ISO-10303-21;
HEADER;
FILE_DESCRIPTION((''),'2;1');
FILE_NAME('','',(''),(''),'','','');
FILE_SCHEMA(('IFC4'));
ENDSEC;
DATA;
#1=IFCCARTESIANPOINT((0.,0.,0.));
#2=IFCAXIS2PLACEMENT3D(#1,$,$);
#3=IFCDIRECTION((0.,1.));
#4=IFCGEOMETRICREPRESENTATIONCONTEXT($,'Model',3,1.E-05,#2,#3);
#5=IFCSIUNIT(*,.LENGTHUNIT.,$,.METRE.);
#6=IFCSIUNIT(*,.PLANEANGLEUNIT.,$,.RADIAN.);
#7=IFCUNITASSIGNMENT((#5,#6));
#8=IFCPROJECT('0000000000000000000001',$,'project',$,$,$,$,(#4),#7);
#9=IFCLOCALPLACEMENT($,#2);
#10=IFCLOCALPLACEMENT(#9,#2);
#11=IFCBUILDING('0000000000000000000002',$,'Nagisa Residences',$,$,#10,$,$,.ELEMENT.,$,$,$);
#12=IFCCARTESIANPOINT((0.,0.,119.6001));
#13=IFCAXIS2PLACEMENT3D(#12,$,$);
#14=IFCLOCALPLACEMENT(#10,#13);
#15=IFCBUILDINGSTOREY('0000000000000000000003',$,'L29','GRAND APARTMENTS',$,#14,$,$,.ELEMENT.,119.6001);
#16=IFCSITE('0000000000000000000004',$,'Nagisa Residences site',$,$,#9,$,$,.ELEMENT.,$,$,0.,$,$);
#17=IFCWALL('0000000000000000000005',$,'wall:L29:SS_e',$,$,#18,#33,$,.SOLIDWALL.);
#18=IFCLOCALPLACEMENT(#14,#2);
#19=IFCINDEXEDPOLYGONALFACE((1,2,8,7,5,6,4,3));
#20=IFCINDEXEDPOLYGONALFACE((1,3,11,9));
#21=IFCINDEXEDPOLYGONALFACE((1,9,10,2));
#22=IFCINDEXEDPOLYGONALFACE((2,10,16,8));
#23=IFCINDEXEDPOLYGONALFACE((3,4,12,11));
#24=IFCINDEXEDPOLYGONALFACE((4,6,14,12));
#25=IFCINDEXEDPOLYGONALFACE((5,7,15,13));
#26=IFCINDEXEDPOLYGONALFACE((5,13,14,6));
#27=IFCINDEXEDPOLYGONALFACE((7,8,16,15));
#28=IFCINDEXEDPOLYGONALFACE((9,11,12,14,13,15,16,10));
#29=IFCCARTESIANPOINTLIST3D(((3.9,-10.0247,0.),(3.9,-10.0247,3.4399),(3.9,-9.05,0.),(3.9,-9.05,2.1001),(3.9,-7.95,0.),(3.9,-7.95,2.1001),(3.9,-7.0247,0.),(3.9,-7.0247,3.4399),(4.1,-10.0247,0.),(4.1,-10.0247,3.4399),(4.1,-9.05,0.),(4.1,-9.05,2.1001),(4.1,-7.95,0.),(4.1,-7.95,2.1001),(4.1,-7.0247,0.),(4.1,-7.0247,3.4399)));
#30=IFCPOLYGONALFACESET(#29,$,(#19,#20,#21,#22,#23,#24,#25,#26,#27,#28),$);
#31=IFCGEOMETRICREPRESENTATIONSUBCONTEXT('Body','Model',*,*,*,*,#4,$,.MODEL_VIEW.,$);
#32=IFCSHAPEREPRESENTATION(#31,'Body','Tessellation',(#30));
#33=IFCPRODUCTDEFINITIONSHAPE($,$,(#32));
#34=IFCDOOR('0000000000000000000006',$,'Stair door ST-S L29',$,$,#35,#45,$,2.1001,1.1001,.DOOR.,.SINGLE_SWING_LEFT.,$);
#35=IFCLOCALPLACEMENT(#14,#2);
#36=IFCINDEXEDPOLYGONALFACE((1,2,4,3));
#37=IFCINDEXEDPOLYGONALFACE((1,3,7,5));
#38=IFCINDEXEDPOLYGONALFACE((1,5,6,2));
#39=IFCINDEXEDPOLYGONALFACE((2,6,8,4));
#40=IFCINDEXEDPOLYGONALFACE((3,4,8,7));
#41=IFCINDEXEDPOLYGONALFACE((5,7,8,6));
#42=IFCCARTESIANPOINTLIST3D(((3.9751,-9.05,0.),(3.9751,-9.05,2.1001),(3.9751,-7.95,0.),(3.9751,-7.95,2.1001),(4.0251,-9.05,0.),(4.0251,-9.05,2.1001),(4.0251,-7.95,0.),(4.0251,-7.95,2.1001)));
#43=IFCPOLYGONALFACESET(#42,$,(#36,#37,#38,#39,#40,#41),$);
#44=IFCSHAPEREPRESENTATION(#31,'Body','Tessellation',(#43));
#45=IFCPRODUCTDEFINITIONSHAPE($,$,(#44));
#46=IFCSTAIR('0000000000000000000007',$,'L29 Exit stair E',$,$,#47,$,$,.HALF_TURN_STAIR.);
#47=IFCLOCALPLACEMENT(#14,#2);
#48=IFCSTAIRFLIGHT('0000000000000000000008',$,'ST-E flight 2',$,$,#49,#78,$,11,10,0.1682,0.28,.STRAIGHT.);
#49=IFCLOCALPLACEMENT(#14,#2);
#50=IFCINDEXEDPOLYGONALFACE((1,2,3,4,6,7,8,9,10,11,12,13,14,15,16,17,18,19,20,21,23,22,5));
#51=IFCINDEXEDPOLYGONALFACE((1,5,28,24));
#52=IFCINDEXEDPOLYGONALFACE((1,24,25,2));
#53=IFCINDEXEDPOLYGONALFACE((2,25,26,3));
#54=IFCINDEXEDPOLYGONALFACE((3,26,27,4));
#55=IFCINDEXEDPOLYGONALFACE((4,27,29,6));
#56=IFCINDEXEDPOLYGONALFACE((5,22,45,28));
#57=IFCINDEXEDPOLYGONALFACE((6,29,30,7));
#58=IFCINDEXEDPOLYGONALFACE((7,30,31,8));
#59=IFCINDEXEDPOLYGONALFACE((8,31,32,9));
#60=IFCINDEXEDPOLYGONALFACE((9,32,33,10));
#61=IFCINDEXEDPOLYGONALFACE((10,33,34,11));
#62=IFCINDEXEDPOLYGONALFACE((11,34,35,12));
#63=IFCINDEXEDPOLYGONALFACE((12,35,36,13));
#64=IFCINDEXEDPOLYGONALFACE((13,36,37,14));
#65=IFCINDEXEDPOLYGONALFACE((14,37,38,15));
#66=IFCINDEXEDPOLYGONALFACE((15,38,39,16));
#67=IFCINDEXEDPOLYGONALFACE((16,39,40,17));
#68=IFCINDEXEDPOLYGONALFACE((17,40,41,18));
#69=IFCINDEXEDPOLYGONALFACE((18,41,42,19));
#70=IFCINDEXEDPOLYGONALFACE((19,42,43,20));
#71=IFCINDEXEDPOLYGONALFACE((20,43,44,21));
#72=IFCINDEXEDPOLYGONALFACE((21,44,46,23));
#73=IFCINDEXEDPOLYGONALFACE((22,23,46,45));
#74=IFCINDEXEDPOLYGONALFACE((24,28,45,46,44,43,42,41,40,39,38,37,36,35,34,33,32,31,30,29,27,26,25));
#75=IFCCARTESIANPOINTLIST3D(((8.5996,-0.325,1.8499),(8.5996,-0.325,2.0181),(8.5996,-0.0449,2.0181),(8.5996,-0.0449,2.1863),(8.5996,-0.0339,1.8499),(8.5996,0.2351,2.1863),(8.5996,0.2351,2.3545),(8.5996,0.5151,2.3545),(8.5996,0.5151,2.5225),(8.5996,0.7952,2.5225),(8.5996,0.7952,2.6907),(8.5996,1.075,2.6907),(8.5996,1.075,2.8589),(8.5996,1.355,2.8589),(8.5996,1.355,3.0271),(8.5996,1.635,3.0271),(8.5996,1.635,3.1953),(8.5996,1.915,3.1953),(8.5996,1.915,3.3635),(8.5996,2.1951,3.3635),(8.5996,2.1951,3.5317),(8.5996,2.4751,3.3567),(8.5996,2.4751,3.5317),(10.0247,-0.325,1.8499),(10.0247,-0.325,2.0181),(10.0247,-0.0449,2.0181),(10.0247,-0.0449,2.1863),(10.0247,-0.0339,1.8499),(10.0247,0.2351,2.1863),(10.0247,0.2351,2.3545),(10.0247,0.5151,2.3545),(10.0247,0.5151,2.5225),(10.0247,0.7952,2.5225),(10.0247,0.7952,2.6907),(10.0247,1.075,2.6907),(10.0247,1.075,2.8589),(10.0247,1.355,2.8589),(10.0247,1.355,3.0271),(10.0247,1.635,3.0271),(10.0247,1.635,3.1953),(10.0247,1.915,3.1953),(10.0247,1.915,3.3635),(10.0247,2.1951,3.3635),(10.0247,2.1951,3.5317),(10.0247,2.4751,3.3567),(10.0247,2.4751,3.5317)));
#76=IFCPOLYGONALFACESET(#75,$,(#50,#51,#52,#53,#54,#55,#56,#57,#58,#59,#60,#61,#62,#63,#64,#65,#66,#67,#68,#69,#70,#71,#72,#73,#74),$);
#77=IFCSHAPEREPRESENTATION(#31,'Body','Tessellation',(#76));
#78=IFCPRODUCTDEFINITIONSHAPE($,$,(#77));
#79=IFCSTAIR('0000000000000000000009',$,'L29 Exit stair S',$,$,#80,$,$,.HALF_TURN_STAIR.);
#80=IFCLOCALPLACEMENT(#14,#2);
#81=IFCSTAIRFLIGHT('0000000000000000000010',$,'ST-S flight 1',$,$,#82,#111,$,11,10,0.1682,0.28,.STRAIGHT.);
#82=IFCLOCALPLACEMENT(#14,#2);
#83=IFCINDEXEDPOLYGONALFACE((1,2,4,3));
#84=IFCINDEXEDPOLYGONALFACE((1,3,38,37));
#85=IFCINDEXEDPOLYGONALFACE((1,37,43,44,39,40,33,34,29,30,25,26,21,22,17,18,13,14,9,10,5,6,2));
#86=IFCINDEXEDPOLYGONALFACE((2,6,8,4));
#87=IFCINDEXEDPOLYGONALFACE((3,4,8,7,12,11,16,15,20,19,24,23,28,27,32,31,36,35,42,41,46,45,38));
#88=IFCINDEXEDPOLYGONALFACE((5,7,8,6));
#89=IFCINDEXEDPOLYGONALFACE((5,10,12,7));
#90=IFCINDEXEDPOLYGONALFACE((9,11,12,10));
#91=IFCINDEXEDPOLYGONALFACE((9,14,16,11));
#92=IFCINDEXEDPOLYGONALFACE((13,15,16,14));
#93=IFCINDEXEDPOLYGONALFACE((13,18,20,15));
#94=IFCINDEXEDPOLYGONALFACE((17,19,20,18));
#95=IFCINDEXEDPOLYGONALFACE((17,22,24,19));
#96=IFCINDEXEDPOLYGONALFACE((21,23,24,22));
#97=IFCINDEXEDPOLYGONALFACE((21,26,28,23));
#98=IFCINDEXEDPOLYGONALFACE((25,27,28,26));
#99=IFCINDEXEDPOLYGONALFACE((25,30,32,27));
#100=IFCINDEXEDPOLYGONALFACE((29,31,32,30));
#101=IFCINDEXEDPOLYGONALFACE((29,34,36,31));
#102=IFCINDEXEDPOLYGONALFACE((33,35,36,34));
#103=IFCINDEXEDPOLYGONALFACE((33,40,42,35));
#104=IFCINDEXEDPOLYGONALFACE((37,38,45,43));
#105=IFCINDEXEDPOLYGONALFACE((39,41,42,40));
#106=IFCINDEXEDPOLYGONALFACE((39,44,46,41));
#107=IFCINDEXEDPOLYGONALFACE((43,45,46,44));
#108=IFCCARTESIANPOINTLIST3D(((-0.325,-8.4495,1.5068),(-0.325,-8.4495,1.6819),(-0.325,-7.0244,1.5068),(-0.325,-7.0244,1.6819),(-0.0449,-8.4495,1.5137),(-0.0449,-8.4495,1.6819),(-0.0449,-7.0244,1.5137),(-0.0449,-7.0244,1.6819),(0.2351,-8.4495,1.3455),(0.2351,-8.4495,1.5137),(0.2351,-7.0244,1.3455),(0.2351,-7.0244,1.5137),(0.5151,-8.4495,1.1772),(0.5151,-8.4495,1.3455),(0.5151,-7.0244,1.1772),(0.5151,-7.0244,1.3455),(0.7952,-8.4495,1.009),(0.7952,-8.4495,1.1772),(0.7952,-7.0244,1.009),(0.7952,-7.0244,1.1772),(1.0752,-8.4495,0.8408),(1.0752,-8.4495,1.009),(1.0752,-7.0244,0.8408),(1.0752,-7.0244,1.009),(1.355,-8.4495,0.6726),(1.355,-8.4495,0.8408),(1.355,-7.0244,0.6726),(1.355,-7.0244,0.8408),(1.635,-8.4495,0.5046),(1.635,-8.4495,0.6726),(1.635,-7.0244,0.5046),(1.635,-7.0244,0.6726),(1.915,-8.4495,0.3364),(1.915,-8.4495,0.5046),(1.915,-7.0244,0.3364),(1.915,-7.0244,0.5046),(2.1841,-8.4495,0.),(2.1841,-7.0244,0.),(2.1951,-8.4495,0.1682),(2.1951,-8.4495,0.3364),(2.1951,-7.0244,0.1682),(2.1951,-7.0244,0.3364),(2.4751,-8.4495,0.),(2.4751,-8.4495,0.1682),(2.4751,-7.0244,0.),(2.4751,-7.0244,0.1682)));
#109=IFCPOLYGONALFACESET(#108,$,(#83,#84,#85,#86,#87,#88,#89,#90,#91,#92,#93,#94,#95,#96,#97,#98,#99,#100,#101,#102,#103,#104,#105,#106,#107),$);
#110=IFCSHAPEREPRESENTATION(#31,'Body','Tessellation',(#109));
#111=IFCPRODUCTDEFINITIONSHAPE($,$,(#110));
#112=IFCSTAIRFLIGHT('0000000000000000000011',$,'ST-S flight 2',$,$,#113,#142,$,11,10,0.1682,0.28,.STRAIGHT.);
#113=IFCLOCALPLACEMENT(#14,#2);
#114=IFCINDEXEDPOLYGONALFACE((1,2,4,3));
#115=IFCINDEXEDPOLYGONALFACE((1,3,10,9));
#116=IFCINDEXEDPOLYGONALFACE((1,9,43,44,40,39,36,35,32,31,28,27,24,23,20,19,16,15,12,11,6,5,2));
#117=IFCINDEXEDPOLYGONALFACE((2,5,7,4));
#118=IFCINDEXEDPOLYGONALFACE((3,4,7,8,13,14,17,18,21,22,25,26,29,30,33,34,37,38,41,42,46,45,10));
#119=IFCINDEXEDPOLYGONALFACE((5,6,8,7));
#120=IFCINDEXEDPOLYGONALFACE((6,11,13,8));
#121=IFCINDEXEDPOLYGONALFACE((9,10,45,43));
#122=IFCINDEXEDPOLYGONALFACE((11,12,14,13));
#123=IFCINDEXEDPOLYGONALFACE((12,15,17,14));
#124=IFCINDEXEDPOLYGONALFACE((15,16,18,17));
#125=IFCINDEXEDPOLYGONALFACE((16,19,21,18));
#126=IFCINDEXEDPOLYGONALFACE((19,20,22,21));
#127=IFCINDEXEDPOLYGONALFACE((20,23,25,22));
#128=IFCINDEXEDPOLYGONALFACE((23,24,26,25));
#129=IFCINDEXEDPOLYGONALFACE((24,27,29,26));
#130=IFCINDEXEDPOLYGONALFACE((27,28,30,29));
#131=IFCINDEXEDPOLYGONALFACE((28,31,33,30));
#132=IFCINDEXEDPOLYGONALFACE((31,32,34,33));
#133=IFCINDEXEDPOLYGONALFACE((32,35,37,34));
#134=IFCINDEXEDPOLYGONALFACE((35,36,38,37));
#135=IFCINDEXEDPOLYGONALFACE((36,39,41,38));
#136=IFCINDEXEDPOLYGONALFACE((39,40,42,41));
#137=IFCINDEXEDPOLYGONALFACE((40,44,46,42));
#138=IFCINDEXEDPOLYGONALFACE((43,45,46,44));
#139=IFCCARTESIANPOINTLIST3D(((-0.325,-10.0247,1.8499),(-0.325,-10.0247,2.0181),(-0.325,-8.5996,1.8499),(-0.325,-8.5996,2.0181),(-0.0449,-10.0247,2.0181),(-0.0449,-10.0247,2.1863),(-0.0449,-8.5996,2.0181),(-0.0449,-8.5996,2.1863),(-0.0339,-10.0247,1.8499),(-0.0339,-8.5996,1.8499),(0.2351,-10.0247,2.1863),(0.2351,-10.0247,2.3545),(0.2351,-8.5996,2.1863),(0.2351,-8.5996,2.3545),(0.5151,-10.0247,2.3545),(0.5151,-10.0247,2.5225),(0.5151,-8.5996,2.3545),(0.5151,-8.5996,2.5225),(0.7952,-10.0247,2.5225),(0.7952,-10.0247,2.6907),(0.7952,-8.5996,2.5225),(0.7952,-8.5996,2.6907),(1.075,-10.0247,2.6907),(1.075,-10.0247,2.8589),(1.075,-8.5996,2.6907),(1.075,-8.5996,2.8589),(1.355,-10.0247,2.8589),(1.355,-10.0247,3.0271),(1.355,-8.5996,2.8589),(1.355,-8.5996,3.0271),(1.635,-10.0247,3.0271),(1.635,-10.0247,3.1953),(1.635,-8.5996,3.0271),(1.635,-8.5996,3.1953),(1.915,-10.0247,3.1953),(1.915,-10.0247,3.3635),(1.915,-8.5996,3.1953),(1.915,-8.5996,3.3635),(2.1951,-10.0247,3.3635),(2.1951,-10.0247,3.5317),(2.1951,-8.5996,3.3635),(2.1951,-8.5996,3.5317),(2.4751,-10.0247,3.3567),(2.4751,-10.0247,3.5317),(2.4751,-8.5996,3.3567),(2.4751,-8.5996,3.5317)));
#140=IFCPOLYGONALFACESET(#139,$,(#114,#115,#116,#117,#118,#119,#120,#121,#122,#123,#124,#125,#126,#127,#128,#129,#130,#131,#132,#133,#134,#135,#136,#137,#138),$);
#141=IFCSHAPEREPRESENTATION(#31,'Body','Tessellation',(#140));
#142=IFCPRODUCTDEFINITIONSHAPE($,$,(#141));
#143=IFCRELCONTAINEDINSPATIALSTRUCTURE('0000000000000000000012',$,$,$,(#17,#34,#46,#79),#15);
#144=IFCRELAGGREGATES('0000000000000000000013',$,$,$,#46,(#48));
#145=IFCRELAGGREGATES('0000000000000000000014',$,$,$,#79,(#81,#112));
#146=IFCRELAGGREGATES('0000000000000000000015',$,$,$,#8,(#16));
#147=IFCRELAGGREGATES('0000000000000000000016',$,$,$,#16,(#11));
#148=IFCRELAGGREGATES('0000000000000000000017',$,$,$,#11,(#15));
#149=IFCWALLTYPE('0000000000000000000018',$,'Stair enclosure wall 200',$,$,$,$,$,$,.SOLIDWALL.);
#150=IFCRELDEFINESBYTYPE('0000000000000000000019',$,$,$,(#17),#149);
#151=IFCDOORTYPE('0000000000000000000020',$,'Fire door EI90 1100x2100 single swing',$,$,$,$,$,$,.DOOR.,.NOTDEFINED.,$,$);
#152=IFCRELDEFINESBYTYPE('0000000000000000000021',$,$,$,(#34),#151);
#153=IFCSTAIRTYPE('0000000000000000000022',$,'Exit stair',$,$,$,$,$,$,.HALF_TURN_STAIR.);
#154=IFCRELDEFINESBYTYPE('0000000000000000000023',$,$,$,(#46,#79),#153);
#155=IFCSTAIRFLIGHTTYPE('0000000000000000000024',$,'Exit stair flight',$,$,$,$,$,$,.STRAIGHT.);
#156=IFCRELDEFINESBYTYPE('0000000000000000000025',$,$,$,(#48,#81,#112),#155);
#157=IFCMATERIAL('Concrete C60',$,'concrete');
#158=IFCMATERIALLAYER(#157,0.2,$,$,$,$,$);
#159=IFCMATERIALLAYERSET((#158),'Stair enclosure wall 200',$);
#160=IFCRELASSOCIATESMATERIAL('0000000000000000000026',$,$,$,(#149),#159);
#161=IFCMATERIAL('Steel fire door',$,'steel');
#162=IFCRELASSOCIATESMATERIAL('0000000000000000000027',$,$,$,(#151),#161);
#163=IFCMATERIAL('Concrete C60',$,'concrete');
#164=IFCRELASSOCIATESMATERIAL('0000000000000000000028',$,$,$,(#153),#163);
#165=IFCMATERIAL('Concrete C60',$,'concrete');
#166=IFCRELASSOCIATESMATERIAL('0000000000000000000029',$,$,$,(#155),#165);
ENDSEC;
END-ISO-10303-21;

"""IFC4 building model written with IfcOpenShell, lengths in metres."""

from ifc_helpers import new_model, si_unit, direction, frame, frame_2d, origin, place, context, subcontext, project, spatial, polyline, rectangle, outline, extrude, material, layer, layer_set, type_object, element, fill, aggregate, save


model = new_model("IFC4")

# Units and contexts
model_context = context("Model", 3, precision=1e-05, world=origin(), true_north=direction((0.0, 1.0)))
body_context = subcontext(model_context, "Body", "Model", "MODEL_VIEW")
ifc_project = project(units=[si_unit("LENGTHUNIT", "METRE"), si_unit("PLANEANGLEUNIT", "RADIAN")], contexts=[model_context])

# Site, building, storey
site_placement = place(None, origin())
site = spatial("IfcSite", under=ifc_project, at=site_placement, Name="Nagisa Residences site", CompositionType="ELEMENT", RefElevation=0.0)
building_placement = place(site_placement, origin())
building = spatial("IfcBuilding", under=site, at=building_placement, Name="Nagisa Residences", CompositionType="ELEMENT")
storey_placement = place(building_placement, frame((0.0, 0.0, 119.6001)))
storey = spatial("IfcBuildingStorey", under=building, at=storey_placement, Name="L29", Description="GRAND APARTMENTS", CompositionType="ELEMENT", Elevation=119.6001)

# Wall, opening, door
ifc_material_1 = material(Name="Concrete C60", Category="concrete")
ifc_layer_1 = layer(ifc_material_1, 0.2)
ifc_layer_set_1 = layer_set([ifc_layer_1], Name="Stair enclosure wall 200")
wall_type_1 = type_object("IfcWallType", Name="Stair enclosure wall 200", PredefinedType="SOLIDWALL", material=ifc_layer_set_1)
wall_1_placement = place(storey_placement, frame((4.0, -10.0247, 0.0), z_axis=(0.0, 0.0, 1.0), x_axis=(0.0, 1.0, 0.0)))
wall_1 = element("IfcWall", 1, at=wall_1_placement, inside=storey, type_object=wall_type_1, Name="wall:L29:SS_e", PredefinedType="SOLIDWALL", context=body_context, shape_type="SweptSolid", body=[
    extrude(rectangle(XDim=3.0, YDim=0.2, at=frame_2d((1.5, 0.0))), origin(), (0.0, 0.0, 1.0), 3.4399),
])
opening_1_placement = place(wall_1_placement, frame((0.9746, 0.0, 0.0)))
opening_1 = element("IfcOpeningElement", 2, at=opening_1_placement, cuts=wall_1, PredefinedType="OPENING", context=body_context, shape_type="SweptSolid", body=[
    extrude(rectangle(XDim=1.1001, YDim=2.1001, at=frame_2d((0.55, 1.05))), frame((0.0, 0.1099, 0.0), z_axis=(0.0, -1.0, 0.0), x_axis=(1.0, 0.0, 0.0)), (0.0, 0.0, 1.0), 0.22),
])
ifc_material_2 = material(Name="Steel fire door", Category="steel")
door_type_1 = type_object("IfcDoorType", Name="Fire door EI90 1100x2100 single swing", OperationType="NOTDEFINED", PredefinedType="DOOR", material=ifc_material_2)
door_1_placement = place(opening_1_placement, origin())
door_1 = element("IfcDoor", 3, at=door_1_placement, inside=storey, type_object=door_type_1, Name="Stair door ST-S L29", OperationType="SINGLE_SWING_LEFT", OverallHeight=2.1001, OverallWidth=1.1001, PredefinedType="DOOR", context=body_context, shape_type="SweptSolid", body=[
    extrude(rectangle(XDim=1.1001, YDim=2.1001, at=frame_2d((0.55, 1.05))), frame((0.0, 0.0249, 0.0), z_axis=(0.0, -1.0, 0.0), x_axis=(1.0, 0.0, 0.0)), (0.0, 0.0, 1.0), 0.05),
])
fill(opening_1, door_1)

# Stair, stair flight
ifc_material_3 = material(Name="Concrete C60", Category="concrete")
stair_type = type_object("IfcStairType", Name="Exit stair", PredefinedType="HALF_TURN_STAIR", material=ifc_material_3)
stair_1_placement = place(storey_placement, origin())
stair_1 = element("IfcStair", 4, at=stair_1_placement, inside=storey, type_object=stair_type, Name="L29 Exit stair E", PredefinedType="HALF_TURN_STAIR")
ifc_material_4 = material(Name="Concrete C60", Category="concrete")
stair_flight_type = type_object("IfcStairFlightType", Name="Exit stair flight", PredefinedType="STRAIGHT", material=ifc_material_4)
stair_flight_1_placement = place(storey_placement, frame((9.312, -0.325, 1.8499), z_axis=(0.0, 0.0, 1.0), x_axis=(0.0, 1.0, 0.0)))
stair_flight_1 = element("IfcStairFlight", 5, at=stair_flight_1_placement, type_object=stair_flight_type, Name="ST-E flight 2", NumberOfRisers=11, NumberOfTreads=10, PredefinedType="STRAIGHT", RiserHeight=0.1682, TreadLength=0.28, context=body_context, shape_type="SweptSolid", body=[
    extrude(outline(polyline([(0.0, 0.0), (0.0, 0.1682), (0.28, 0.1682), (0.28, 0.3364), (0.5601, 0.3364), (0.5601, 0.5046), (0.8401, 0.5046), (0.8401, 0.6726), (1.1201, 0.6726), (1.1201, 0.8408), (1.3999, 0.8408), (1.3999, 1.009), (1.6799, 1.009), (1.6799, 1.1772), (1.96, 1.1772), (1.96, 1.3455), (2.24, 1.3455), (2.24, 1.5137), (2.52, 1.5137), (2.52, 1.6819), (2.8, 1.6819), (2.8, 1.8501), (2.8, 1.5068), (0.291, 0.0), (0.0, 0.0)])), frame((0.0, 0.7124, 0.0), z_axis=(0.0, -1.0, 0.0), x_axis=(1.0, 0.0, 0.0)), (0.0, 0.0, 1.0), 1.425),
])
aggregate(stair_1, [stair_flight_1])

# Stair, stair flights
stair_2_placement = place(storey_placement, origin())
stair_2 = element("IfcStair", 6, at=stair_2_placement, inside=storey, type_object=stair_type, Name="L29 Exit stair S", PredefinedType="HALF_TURN_STAIR")
stair_flight_2_placement = place(storey_placement, frame((2.4751, -7.7371, 0.0), z_axis=(0.0, 0.0, 1.0), x_axis=(-1.0, 0.0, 0.0)))
stair_flight_2 = element("IfcStairFlight", 7, at=stair_flight_2_placement, type_object=stair_flight_type, Name="ST-S flight 1", NumberOfRisers=11, NumberOfTreads=10, PredefinedType="STRAIGHT", RiserHeight=0.1682, TreadLength=0.28, context=body_context, shape_type="SweptSolid", body=[
    extrude(outline(polyline([(0.0, 0.0), (0.0, 0.1682), (0.28, 0.1682), (0.28, 0.3364), (0.5601, 0.3364), (0.5601, 0.5046), (0.8401, 0.5046), (0.8401, 0.6726), (1.1201, 0.6726), (1.1201, 0.8408), (1.3999, 0.8408), (1.3999, 1.009), (1.6799, 1.009), (1.6799, 1.1772), (1.96, 1.1772), (1.96, 1.3455), (2.24, 1.3455), (2.24, 1.5137), (2.52, 1.5137), (2.52, 1.6819), (2.8, 1.6819), (2.8, 1.8501), (2.8, 1.5068), (0.291, 0.0), (0.0, 0.0)])), frame((0.0, 0.7124, 0.0), z_axis=(0.0, -1.0, 0.0), x_axis=(1.0, 0.0, 0.0)), (0.0, 0.0, 1.0), 1.425),
])
stair_flight_3_placement = place(storey_placement, frame((-0.325, -9.312, 1.8499), z_axis=(0.0, 0.0, 1.0), x_axis=(1.0, 0.0, 0.0)))
stair_flight_3 = element("IfcStairFlight", 8, at=stair_flight_3_placement, type_object=stair_flight_type, Name="ST-S flight 2", NumberOfRisers=11, NumberOfTreads=10, PredefinedType="STRAIGHT", RiserHeight=0.1682, TreadLength=0.28, context=body_context, shape_type="SweptSolid", body=[
    extrude(outline(polyline([(0.0, 0.0), (0.0, 0.1682), (0.28, 0.1682), (0.28, 0.3364), (0.5601, 0.3364), (0.5601, 0.5046), (0.8401, 0.5046), (0.8401, 0.6726), (1.1201, 0.6726), (1.1201, 0.8408), (1.3999, 0.8408), (1.3999, 1.009), (1.6799, 1.009), (1.6799, 1.1772), (1.96, 1.1772), (1.96, 1.3455), (2.24, 1.3455), (2.24, 1.5137), (2.52, 1.5137), (2.52, 1.6819), (2.8, 1.6819), (2.8, 1.8501), (2.8, 1.5068), (0.291, 0.0), (0.0, 0.0)])), frame((0.0, 0.7124, 0.0), z_axis=(0.0, -1.0, 0.0), x_axis=(1.0, 0.0, 0.0)), (0.0, 0.0, 1.0), 1.425),
])
aggregate(stair_2, [stair_flight_2, stair_flight_3])

save(model, "model.ifc")
